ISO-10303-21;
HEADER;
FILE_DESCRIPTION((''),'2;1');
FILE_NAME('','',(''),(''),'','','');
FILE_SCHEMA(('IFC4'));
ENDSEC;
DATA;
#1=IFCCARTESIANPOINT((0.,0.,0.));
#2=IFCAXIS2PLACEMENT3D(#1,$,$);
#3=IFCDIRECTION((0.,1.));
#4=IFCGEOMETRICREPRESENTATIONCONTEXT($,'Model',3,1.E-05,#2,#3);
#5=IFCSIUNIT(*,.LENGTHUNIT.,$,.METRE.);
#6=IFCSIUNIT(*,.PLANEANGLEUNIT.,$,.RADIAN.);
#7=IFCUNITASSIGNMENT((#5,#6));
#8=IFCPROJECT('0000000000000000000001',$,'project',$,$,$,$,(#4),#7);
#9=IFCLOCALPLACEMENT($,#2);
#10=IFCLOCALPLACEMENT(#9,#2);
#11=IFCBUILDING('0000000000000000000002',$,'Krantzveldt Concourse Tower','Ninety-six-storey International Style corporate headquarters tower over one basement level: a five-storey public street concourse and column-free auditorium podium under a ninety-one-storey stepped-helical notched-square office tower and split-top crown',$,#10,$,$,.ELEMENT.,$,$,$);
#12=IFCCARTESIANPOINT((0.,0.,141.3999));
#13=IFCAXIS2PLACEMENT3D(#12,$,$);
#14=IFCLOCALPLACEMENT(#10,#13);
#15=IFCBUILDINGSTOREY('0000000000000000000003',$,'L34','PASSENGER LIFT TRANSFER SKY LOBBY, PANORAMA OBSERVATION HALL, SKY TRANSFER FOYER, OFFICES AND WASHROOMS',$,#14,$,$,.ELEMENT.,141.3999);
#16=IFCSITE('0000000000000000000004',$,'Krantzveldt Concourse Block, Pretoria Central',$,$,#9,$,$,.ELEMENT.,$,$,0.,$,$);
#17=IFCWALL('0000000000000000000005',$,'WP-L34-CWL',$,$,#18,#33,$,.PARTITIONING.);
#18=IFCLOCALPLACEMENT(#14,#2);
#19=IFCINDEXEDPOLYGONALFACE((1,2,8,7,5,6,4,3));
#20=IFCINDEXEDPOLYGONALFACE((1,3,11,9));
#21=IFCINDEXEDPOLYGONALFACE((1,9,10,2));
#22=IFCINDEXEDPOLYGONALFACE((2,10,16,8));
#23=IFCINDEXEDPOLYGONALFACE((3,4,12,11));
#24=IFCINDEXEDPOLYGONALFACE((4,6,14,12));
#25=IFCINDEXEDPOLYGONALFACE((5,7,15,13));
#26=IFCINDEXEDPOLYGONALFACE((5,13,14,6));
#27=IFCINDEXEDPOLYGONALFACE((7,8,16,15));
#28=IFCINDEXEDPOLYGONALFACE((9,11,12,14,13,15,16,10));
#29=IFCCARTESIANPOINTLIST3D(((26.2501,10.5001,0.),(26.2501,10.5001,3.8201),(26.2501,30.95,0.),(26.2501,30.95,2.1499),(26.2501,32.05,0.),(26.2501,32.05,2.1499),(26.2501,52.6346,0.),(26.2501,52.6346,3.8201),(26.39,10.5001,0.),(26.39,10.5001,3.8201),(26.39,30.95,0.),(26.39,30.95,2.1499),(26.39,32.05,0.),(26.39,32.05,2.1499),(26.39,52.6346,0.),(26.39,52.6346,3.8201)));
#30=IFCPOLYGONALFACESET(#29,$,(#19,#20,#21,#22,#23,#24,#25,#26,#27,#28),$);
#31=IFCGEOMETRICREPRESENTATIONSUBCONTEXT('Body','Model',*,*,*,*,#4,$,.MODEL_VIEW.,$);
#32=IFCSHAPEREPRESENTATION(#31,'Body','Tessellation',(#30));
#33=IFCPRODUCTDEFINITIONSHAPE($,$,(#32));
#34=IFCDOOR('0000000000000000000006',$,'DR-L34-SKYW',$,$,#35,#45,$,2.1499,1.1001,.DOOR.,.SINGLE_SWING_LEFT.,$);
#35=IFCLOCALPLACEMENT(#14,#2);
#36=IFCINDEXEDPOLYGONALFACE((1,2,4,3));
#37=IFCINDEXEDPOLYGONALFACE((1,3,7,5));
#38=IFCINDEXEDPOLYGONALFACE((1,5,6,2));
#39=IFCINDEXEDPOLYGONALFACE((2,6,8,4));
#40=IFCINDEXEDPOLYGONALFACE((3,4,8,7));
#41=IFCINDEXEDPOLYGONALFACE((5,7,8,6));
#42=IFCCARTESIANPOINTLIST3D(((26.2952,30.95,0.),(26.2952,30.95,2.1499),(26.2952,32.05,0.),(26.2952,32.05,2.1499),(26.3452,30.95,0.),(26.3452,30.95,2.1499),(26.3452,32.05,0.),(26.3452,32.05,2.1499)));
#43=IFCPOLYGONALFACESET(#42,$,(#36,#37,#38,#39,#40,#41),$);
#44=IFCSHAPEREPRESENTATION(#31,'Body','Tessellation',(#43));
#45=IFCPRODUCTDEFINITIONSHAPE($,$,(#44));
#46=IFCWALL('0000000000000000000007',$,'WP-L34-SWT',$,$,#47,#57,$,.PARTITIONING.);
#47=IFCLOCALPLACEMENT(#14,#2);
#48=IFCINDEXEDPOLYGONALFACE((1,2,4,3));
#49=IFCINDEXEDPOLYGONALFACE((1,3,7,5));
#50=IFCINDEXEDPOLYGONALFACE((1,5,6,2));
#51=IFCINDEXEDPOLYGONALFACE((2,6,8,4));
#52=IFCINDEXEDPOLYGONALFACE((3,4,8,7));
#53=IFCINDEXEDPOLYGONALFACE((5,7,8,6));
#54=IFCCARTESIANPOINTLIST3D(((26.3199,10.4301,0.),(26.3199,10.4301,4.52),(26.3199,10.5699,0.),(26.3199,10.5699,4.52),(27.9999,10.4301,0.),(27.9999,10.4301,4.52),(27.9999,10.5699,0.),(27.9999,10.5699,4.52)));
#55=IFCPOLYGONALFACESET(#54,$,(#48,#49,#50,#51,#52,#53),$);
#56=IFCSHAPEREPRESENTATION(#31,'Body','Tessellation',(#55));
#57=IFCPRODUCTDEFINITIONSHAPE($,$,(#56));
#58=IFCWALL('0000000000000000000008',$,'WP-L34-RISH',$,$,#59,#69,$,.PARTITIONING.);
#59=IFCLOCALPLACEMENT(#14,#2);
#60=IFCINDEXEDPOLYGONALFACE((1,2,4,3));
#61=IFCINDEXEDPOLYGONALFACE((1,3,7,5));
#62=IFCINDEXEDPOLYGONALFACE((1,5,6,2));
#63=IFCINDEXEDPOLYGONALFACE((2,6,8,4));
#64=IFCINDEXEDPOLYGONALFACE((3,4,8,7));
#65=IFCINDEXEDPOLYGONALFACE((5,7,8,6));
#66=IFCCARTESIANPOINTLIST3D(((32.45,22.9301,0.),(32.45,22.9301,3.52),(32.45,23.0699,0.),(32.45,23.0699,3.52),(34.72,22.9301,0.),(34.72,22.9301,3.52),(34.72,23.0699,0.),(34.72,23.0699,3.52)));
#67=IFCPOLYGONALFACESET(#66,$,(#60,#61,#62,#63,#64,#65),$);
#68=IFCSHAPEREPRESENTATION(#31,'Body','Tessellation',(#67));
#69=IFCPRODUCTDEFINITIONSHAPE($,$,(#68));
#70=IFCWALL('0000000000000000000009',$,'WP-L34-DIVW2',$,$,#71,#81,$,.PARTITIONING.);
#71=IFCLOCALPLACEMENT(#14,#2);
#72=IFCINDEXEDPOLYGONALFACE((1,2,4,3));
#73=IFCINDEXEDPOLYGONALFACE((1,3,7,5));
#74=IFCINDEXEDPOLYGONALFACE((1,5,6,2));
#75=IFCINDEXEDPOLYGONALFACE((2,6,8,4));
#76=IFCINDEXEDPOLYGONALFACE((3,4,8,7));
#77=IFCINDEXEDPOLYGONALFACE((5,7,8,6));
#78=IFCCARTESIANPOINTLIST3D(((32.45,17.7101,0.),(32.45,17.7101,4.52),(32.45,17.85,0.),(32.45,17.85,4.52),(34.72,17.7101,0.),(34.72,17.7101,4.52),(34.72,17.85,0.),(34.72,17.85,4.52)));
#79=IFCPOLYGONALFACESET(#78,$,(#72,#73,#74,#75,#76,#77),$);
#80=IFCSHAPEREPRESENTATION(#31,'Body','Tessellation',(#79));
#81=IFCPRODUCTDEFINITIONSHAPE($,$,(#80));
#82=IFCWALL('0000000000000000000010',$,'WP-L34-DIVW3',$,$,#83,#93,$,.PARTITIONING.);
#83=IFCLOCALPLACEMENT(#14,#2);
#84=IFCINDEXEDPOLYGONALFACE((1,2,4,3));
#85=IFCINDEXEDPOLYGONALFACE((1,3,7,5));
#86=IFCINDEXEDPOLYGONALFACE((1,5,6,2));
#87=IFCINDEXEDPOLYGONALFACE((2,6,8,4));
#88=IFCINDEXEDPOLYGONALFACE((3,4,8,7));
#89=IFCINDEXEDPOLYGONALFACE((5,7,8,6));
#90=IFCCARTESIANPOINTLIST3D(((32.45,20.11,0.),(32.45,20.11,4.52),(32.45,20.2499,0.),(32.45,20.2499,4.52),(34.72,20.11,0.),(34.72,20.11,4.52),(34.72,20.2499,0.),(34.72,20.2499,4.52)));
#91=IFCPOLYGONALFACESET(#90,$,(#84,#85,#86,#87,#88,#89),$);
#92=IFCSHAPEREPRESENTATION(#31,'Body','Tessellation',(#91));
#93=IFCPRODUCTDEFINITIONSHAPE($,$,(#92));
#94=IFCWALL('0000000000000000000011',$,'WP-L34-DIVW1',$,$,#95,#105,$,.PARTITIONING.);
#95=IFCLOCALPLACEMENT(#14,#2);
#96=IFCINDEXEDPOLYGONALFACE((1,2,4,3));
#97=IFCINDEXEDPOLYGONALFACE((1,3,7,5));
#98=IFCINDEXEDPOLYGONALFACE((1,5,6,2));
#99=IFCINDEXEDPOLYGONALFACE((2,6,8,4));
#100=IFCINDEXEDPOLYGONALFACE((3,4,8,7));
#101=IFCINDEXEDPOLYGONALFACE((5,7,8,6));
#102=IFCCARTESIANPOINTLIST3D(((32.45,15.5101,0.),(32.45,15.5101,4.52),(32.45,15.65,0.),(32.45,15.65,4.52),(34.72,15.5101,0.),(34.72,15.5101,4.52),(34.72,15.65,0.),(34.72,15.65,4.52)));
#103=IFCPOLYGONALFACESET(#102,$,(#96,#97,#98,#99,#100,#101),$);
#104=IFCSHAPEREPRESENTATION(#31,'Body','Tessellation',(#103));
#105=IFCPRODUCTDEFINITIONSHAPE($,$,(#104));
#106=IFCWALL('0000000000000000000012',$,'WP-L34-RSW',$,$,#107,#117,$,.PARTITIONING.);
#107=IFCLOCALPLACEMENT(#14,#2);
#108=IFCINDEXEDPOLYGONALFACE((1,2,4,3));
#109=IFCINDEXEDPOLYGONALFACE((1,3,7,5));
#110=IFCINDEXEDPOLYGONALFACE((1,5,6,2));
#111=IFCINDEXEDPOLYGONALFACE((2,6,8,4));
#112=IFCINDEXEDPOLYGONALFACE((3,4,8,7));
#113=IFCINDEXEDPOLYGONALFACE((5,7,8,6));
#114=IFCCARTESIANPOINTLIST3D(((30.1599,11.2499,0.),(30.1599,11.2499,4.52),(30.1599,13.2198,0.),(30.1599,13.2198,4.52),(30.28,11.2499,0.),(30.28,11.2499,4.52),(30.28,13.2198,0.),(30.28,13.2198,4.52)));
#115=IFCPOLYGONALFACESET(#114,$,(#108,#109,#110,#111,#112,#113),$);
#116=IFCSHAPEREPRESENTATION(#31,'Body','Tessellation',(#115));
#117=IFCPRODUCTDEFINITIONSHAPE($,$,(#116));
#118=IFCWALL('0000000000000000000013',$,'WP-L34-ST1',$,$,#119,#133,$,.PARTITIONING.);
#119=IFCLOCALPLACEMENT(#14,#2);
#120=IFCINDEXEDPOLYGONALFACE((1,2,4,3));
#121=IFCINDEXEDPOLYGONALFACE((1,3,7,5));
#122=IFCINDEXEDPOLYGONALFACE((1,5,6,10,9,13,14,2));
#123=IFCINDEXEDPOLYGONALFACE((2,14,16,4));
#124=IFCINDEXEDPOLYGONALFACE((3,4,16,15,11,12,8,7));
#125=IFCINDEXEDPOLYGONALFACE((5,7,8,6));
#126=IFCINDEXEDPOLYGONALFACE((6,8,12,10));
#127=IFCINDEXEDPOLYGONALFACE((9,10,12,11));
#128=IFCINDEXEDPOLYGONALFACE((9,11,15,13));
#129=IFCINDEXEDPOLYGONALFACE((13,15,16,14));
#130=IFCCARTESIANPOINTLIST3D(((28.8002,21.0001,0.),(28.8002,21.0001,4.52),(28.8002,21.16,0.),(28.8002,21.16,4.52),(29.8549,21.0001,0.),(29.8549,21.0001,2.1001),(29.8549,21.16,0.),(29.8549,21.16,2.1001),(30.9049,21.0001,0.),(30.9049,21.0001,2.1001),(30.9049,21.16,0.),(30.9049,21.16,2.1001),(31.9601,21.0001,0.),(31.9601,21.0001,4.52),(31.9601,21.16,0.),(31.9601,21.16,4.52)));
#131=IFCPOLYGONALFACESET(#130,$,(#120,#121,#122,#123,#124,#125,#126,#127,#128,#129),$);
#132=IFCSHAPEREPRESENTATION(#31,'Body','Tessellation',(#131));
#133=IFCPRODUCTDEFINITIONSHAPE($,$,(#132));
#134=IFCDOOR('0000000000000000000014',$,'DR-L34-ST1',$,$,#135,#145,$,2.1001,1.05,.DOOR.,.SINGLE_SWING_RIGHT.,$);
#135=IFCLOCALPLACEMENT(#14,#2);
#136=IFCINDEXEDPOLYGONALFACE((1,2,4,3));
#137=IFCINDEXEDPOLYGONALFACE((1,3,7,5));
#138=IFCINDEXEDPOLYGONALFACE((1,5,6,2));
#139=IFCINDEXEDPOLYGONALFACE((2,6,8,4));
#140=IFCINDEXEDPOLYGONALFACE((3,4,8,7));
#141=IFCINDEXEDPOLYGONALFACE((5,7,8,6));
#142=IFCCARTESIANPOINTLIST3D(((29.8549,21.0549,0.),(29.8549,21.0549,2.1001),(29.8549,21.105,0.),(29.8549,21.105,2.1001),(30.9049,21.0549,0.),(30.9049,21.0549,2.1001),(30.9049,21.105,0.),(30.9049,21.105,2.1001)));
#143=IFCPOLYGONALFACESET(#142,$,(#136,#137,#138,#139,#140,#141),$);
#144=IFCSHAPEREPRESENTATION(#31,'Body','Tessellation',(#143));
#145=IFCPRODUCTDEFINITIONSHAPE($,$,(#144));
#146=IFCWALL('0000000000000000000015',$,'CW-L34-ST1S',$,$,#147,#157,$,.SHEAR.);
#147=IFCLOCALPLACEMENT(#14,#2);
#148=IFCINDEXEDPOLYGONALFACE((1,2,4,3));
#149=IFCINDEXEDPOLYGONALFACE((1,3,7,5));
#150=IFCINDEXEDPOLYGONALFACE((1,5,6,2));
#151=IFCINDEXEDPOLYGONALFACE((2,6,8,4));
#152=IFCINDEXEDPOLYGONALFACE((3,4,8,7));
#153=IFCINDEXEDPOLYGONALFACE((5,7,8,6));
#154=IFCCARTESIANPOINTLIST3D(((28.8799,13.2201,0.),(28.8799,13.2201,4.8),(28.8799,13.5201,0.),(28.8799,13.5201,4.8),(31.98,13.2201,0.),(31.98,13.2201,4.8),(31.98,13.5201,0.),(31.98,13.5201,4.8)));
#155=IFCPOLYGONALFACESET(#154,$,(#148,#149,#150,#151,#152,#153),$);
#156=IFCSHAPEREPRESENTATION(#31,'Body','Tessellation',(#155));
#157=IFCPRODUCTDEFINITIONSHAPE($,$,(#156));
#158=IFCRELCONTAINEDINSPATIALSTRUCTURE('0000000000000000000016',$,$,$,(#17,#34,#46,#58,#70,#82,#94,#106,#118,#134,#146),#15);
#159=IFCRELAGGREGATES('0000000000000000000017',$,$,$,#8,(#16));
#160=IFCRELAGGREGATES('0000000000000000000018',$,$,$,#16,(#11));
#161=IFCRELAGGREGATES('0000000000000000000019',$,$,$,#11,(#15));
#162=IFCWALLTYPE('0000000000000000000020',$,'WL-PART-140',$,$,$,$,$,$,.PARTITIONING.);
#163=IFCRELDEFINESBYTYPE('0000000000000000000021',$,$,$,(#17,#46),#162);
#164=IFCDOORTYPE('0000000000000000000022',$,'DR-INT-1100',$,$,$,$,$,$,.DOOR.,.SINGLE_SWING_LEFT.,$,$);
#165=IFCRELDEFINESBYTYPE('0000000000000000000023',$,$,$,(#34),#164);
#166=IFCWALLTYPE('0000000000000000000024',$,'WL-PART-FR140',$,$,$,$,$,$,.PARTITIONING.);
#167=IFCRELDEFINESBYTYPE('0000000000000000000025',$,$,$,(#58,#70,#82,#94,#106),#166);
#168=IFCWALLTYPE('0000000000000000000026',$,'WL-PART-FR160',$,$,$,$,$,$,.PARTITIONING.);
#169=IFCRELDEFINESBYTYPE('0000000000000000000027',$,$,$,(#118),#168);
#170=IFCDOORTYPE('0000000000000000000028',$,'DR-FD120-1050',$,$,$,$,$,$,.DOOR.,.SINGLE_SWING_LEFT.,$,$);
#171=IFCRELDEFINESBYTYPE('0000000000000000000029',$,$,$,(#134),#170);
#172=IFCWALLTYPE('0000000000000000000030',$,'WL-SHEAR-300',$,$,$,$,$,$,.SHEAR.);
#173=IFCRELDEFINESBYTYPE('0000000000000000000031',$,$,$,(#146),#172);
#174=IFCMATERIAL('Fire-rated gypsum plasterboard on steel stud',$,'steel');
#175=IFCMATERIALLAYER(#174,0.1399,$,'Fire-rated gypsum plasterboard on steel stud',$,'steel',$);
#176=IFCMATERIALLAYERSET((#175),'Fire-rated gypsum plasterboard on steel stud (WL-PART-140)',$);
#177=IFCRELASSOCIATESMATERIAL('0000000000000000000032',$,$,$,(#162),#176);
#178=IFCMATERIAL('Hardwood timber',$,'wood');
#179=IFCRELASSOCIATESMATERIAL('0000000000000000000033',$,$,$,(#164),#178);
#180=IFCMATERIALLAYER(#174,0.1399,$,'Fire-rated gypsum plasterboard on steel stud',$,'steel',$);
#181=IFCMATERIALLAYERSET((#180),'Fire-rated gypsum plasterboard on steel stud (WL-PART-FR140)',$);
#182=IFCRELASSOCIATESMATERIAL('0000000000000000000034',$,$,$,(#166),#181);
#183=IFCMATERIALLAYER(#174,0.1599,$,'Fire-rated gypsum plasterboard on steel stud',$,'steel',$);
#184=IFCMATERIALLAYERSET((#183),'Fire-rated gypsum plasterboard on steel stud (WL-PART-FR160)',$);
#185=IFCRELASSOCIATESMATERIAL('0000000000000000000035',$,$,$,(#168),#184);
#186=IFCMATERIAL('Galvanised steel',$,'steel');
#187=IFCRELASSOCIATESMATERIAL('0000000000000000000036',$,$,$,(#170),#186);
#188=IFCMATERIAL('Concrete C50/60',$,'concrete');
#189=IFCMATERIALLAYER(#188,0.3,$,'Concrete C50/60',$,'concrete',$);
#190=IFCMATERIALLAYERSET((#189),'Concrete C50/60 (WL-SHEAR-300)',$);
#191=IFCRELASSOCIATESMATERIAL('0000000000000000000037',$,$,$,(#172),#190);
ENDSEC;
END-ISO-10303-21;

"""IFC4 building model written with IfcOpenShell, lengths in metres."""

from ifc_helpers import new_model, si_unit, direction, frame, frame_2d, origin, place, context, subcontext, project, spatial, rectangle, extrude, material, layer, layer_set, type_object, element, fill, save


model = new_model("IFC4")

# Units and contexts
model_context = context("Model", 3, precision=1e-05, world=origin(), true_north=direction((0.0, 1.0)))
body_context = subcontext(model_context, "Body", "Model", "MODEL_VIEW")
ifc_project = project(units=[si_unit("LENGTHUNIT", "METRE"), si_unit("PLANEANGLEUNIT", "RADIAN")], contexts=[model_context])

# Site, building, storey
site_placement = place(None, origin())
site = spatial("IfcSite", under=ifc_project, at=site_placement, Name="Krantzveldt Concourse Block, Pretoria Central", CompositionType="ELEMENT", RefElevation=0.0)
building_placement = place(site_placement, origin())
building = spatial("IfcBuilding", under=site, at=building_placement, Name="Krantzveldt Concourse Tower", Description="Ninety-six-storey International Style corporate headquarters tower over one basement level: a five-storey public street concourse and column-free auditorium podium under a ninety-one-storey stepped-helical notched-square office tower and split-top crown", CompositionType="ELEMENT")
storey_placement = place(building_placement, frame((0.0, 0.0, 141.3999)))
storey = spatial("IfcBuildingStorey", under=building, at=storey_placement, Name="L34", Description="PASSENGER LIFT TRANSFER SKY LOBBY, PANORAMA OBSERVATION HALL, SKY TRANSFER FOYER, OFFICES AND WASHROOMS", CompositionType="ELEMENT", Elevation=141.3999)

# Shared definitions
ifc_material_1 = material(Name="Concrete C50/60", Category="concrete")

# Wall, opening, door
ifc_material_2 = material(Name="Fire-rated gypsum plasterboard on steel stud", Category="steel")
ifc_material_3 = material(Name="Hardwood timber", Category="wood")
ifc_layer_1 = layer(ifc_material_2, 0.1399, Name="Fire-rated gypsum plasterboard on steel stud", Category="steel")
ifc_layer_set_1 = layer_set([ifc_layer_1], Name="Fire-rated gypsum plasterboard on steel stud (WL-PART-140)")
wall_type_1 = type_object("IfcWallType", Name="WL-PART-140", PredefinedType="PARTITIONING", material=ifc_layer_set_1)
wall_1_placement = place(storey_placement, frame((26.3201, 10.5, 0.0), z_axis=(0.0, 0.0, 1.0), x_axis=(0.0, 1.0, 0.0)))
wall_1 = element("IfcWall", 1, at=wall_1_placement, inside=storey, type_object=wall_type_1, Name="WP-L34-CWL", PredefinedType="PARTITIONING", context=body_context, shape_type="SweptSolid", body=[
    extrude(rectangle(XDim=42.1345, YDim=0.1399, at=frame_2d((21.0674, 0.0))), origin(), (0.0, 0.0, 1.0), 3.8201),
])
opening_1_placement = place(wall_1_placement, frame((20.45, 0.0, 0.0)))
opening_1 = element("IfcOpeningElement", 2, at=opening_1_placement, cuts=wall_1, PredefinedType="OPENING", context=body_context, shape_type="SweptSolid", body=[
    extrude(rectangle(XDim=1.1001, YDim=2.1499, at=frame_2d((0.55, 1.075))), frame((0.0, 0.0801, 0.0), z_axis=(0.0, -1.0, 0.0), x_axis=(1.0, 0.0, 0.0)), (0.0, 0.0, 1.0), 0.1599),
])
door_type_1 = type_object("IfcDoorType", Name="DR-INT-1100", OperationType="SINGLE_SWING_LEFT", PredefinedType="DOOR", material=ifc_material_3)
door_1_placement = place(opening_1_placement, origin())
door_1 = element("IfcDoor", 3, at=door_1_placement, inside=storey, type_object=door_type_1, Name="DR-L34-SKYW", OperationType="SINGLE_SWING_LEFT", OverallHeight=2.1499, OverallWidth=1.1001, PredefinedType="DOOR", context=body_context, shape_type="SweptSolid", body=[
    extrude(rectangle(XDim=1.1001, YDim=2.1499, at=frame_2d((0.55, 1.075))), frame((0.0, 0.0249, 0.0), z_axis=(0.0, -1.0, 0.0), x_axis=(1.0, 0.0, 0.0)), (0.0, 0.0, 1.0), 0.05),
])
fill(opening_1, door_1)

# Walls
wall_2_placement = place(storey_placement, frame((26.3201, 10.5, 0.0), z_axis=(0.0, 0.0, 1.0), x_axis=(1.0, 0.0, 0.0)))
element("IfcWall", 4, at=wall_2_placement, inside=storey, type_object=wall_type_1, Name="WP-L34-SWT", PredefinedType="PARTITIONING", context=body_context, shape_type="SweptSolid", body=[
    extrude(rectangle(XDim=1.6799, YDim=0.1399, at=frame_2d((0.8398, 0.0))), origin(), (0.0, 0.0, 1.0), 4.52),
])
ifc_layer_2 = layer(ifc_material_2, 0.1399, Name="Fire-rated gypsum plasterboard on steel stud", Category="steel")
ifc_layer_set_2 = layer_set([ifc_layer_2], Name="Fire-rated gypsum plasterboard on steel stud (WL-PART-FR140)")
wall_type_2 = type_object("IfcWallType", Name="WL-PART-FR140", PredefinedType="PARTITIONING", material=ifc_layer_set_2)
wall_3_placement = place(storey_placement, frame((32.45, 23.0, 0.0), z_axis=(0.0, 0.0, 1.0), x_axis=(1.0, 0.0, 0.0)))
element("IfcWall", 5, at=wall_3_placement, inside=storey, type_object=wall_type_2, Name="WP-L34-RISH", PredefinedType="PARTITIONING", context=body_context, shape_type="SweptSolid", body=[
    extrude(rectangle(XDim=2.27, YDim=0.1399, at=frame_2d((1.135, 0.0))), origin(), (0.0, 0.0, 1.0), 3.52),
])
for number, where, z_axis, x_axis, name in (
    (6, (32.45, 17.78, 0.0), (0.0, 0.0, 1.0), (1.0, 0.0, 0.0), "WP-L34-DIVW2"),
    (7, (32.45, 20.1799, 0.0), (0.0, 0.0, 1.0), (1.0, 0.0, 0.0), "WP-L34-DIVW3"),
    (8, (32.45, 15.5801, 0.0), (0.0, 0.0, 1.0), (1.0, 0.0, 0.0), "WP-L34-DIVW1"),
):
    element("IfcWall", number, at=place(storey_placement, frame(where, z_axis=z_axis, x_axis=x_axis)), inside=storey, type_object=wall_type_2, Name=name, PredefinedType="PARTITIONING", context=body_context, shape_type="SweptSolid", body=[
        extrude(rectangle(XDim=2.27, YDim=0.1399, at=frame_2d((1.135, 0.0))), origin(), (0.0, 0.0, 1.0), 4.52),
    ])
wall_4_placement = place(storey_placement, frame((30.22, 11.25, 0.0), z_axis=(0.0, 0.0, 1.0), x_axis=(0.0, 1.0, 0.0)))
element("IfcWall", 9, at=wall_4_placement, inside=storey, type_object=wall_type_2, Name="WP-L34-RSW", PredefinedType="PARTITIONING", context=body_context, shape_type="SweptSolid", body=[
    extrude(rectangle(XDim=1.97, YDim=0.1201, at=frame_2d((0.9849, 0.0))), origin(), (0.0, 0.0, 1.0), 4.52),
])

# Wall, opening, door
ifc_layer_3 = layer(ifc_material_2, 0.1599, Name="Fire-rated gypsum plasterboard on steel stud", Category="steel")
ifc_layer_set_3 = layer_set([ifc_layer_3], Name="Fire-rated gypsum plasterboard on steel stud (WL-PART-FR160)")
wall_type_3 = type_object("IfcWallType", Name="WL-PART-FR160", PredefinedType="PARTITIONING", material=ifc_layer_set_3)
wall_5_placement = place(storey_placement, frame((28.8, 21.0801, 0.0), z_axis=(0.0, 0.0, 1.0), x_axis=(1.0, 0.0, 0.0)))
wall_5 = element("IfcWall", 10, at=wall_5_placement, inside=storey, type_object=wall_type_3, Name="WP-L34-ST1", PredefinedType="PARTITIONING", context=body_context, shape_type="SweptSolid", body=[
    extrude(rectangle(XDim=3.1599, YDim=0.1599, at=frame_2d((1.5801, 0.0))), origin(), (0.0, 0.0, 1.0), 4.52),
])
opening_2_placement = place(wall_5_placement, frame((1.0549, 0.0, 0.0)))
opening_2 = element("IfcOpeningElement", 11, at=opening_2_placement, cuts=wall_5, PredefinedType="OPENING", context=body_context, shape_type="SweptSolid", body=[
    extrude(rectangle(XDim=1.05, YDim=2.1001, at=frame_2d((0.5249, 1.05))), frame((0.0, 0.0898, 0.0), z_axis=(0.0, -1.0, 0.0), x_axis=(1.0, 0.0, 0.0)), (0.0, 0.0, 1.0), 0.1799),
])
ifc_material_4 = material(Name="Galvanised steel", Category="steel")
door_type_2 = type_object("IfcDoorType", Name="DR-FD120-1050", OperationType="SINGLE_SWING_LEFT", PredefinedType="DOOR", material=ifc_material_4)
door_2_placement = place(opening_2_placement, origin())
door_2 = element("IfcDoor", 12, at=door_2_placement, inside=storey, type_object=door_type_2, Name="DR-L34-ST1", OperationType="SINGLE_SWING_RIGHT", OverallHeight=2.1001, OverallWidth=1.05, PredefinedType="DOOR", context=body_context, shape_type="SweptSolid", body=[
    extrude(rectangle(XDim=1.05, YDim=2.1001, at=frame_2d((0.5249, 1.05))), frame((0.0, 0.0249, 0.0), z_axis=(0.0, -1.0, 0.0), x_axis=(1.0, 0.0, 0.0)), (0.0, 0.0, 1.0), 0.05),
])
fill(opening_2, door_2)

# Wall
ifc_layer_4 = layer(ifc_material_1, 0.3, Name="Concrete C50/60", Category="concrete")
ifc_layer_set_4 = layer_set([ifc_layer_4], Name="Concrete C50/60 (WL-SHEAR-300)")
wall_type_4 = type_object("IfcWallType", Name="WL-SHEAR-300", PredefinedType="SHEAR", material=ifc_layer_set_4)
wall_6_placement = place(storey_placement, frame((28.8799, 13.3701, 0.0), z_axis=(0.0, 0.0, 1.0), x_axis=(1.0, 0.0, 0.0)))
element("IfcWall", 13, at=wall_6_placement, inside=storey, type_object=wall_type_4, Name="CW-L34-ST1S", PredefinedType="SHEAR", context=body_context, shape_type="SweptSolid", body=[
    extrude(rectangle(XDim=3.1001, YDim=0.3, at=frame_2d((1.55, 0.0))), origin(), (0.0, 0.0, 1.0), 4.8),
])

save(model, "model.ifc")
